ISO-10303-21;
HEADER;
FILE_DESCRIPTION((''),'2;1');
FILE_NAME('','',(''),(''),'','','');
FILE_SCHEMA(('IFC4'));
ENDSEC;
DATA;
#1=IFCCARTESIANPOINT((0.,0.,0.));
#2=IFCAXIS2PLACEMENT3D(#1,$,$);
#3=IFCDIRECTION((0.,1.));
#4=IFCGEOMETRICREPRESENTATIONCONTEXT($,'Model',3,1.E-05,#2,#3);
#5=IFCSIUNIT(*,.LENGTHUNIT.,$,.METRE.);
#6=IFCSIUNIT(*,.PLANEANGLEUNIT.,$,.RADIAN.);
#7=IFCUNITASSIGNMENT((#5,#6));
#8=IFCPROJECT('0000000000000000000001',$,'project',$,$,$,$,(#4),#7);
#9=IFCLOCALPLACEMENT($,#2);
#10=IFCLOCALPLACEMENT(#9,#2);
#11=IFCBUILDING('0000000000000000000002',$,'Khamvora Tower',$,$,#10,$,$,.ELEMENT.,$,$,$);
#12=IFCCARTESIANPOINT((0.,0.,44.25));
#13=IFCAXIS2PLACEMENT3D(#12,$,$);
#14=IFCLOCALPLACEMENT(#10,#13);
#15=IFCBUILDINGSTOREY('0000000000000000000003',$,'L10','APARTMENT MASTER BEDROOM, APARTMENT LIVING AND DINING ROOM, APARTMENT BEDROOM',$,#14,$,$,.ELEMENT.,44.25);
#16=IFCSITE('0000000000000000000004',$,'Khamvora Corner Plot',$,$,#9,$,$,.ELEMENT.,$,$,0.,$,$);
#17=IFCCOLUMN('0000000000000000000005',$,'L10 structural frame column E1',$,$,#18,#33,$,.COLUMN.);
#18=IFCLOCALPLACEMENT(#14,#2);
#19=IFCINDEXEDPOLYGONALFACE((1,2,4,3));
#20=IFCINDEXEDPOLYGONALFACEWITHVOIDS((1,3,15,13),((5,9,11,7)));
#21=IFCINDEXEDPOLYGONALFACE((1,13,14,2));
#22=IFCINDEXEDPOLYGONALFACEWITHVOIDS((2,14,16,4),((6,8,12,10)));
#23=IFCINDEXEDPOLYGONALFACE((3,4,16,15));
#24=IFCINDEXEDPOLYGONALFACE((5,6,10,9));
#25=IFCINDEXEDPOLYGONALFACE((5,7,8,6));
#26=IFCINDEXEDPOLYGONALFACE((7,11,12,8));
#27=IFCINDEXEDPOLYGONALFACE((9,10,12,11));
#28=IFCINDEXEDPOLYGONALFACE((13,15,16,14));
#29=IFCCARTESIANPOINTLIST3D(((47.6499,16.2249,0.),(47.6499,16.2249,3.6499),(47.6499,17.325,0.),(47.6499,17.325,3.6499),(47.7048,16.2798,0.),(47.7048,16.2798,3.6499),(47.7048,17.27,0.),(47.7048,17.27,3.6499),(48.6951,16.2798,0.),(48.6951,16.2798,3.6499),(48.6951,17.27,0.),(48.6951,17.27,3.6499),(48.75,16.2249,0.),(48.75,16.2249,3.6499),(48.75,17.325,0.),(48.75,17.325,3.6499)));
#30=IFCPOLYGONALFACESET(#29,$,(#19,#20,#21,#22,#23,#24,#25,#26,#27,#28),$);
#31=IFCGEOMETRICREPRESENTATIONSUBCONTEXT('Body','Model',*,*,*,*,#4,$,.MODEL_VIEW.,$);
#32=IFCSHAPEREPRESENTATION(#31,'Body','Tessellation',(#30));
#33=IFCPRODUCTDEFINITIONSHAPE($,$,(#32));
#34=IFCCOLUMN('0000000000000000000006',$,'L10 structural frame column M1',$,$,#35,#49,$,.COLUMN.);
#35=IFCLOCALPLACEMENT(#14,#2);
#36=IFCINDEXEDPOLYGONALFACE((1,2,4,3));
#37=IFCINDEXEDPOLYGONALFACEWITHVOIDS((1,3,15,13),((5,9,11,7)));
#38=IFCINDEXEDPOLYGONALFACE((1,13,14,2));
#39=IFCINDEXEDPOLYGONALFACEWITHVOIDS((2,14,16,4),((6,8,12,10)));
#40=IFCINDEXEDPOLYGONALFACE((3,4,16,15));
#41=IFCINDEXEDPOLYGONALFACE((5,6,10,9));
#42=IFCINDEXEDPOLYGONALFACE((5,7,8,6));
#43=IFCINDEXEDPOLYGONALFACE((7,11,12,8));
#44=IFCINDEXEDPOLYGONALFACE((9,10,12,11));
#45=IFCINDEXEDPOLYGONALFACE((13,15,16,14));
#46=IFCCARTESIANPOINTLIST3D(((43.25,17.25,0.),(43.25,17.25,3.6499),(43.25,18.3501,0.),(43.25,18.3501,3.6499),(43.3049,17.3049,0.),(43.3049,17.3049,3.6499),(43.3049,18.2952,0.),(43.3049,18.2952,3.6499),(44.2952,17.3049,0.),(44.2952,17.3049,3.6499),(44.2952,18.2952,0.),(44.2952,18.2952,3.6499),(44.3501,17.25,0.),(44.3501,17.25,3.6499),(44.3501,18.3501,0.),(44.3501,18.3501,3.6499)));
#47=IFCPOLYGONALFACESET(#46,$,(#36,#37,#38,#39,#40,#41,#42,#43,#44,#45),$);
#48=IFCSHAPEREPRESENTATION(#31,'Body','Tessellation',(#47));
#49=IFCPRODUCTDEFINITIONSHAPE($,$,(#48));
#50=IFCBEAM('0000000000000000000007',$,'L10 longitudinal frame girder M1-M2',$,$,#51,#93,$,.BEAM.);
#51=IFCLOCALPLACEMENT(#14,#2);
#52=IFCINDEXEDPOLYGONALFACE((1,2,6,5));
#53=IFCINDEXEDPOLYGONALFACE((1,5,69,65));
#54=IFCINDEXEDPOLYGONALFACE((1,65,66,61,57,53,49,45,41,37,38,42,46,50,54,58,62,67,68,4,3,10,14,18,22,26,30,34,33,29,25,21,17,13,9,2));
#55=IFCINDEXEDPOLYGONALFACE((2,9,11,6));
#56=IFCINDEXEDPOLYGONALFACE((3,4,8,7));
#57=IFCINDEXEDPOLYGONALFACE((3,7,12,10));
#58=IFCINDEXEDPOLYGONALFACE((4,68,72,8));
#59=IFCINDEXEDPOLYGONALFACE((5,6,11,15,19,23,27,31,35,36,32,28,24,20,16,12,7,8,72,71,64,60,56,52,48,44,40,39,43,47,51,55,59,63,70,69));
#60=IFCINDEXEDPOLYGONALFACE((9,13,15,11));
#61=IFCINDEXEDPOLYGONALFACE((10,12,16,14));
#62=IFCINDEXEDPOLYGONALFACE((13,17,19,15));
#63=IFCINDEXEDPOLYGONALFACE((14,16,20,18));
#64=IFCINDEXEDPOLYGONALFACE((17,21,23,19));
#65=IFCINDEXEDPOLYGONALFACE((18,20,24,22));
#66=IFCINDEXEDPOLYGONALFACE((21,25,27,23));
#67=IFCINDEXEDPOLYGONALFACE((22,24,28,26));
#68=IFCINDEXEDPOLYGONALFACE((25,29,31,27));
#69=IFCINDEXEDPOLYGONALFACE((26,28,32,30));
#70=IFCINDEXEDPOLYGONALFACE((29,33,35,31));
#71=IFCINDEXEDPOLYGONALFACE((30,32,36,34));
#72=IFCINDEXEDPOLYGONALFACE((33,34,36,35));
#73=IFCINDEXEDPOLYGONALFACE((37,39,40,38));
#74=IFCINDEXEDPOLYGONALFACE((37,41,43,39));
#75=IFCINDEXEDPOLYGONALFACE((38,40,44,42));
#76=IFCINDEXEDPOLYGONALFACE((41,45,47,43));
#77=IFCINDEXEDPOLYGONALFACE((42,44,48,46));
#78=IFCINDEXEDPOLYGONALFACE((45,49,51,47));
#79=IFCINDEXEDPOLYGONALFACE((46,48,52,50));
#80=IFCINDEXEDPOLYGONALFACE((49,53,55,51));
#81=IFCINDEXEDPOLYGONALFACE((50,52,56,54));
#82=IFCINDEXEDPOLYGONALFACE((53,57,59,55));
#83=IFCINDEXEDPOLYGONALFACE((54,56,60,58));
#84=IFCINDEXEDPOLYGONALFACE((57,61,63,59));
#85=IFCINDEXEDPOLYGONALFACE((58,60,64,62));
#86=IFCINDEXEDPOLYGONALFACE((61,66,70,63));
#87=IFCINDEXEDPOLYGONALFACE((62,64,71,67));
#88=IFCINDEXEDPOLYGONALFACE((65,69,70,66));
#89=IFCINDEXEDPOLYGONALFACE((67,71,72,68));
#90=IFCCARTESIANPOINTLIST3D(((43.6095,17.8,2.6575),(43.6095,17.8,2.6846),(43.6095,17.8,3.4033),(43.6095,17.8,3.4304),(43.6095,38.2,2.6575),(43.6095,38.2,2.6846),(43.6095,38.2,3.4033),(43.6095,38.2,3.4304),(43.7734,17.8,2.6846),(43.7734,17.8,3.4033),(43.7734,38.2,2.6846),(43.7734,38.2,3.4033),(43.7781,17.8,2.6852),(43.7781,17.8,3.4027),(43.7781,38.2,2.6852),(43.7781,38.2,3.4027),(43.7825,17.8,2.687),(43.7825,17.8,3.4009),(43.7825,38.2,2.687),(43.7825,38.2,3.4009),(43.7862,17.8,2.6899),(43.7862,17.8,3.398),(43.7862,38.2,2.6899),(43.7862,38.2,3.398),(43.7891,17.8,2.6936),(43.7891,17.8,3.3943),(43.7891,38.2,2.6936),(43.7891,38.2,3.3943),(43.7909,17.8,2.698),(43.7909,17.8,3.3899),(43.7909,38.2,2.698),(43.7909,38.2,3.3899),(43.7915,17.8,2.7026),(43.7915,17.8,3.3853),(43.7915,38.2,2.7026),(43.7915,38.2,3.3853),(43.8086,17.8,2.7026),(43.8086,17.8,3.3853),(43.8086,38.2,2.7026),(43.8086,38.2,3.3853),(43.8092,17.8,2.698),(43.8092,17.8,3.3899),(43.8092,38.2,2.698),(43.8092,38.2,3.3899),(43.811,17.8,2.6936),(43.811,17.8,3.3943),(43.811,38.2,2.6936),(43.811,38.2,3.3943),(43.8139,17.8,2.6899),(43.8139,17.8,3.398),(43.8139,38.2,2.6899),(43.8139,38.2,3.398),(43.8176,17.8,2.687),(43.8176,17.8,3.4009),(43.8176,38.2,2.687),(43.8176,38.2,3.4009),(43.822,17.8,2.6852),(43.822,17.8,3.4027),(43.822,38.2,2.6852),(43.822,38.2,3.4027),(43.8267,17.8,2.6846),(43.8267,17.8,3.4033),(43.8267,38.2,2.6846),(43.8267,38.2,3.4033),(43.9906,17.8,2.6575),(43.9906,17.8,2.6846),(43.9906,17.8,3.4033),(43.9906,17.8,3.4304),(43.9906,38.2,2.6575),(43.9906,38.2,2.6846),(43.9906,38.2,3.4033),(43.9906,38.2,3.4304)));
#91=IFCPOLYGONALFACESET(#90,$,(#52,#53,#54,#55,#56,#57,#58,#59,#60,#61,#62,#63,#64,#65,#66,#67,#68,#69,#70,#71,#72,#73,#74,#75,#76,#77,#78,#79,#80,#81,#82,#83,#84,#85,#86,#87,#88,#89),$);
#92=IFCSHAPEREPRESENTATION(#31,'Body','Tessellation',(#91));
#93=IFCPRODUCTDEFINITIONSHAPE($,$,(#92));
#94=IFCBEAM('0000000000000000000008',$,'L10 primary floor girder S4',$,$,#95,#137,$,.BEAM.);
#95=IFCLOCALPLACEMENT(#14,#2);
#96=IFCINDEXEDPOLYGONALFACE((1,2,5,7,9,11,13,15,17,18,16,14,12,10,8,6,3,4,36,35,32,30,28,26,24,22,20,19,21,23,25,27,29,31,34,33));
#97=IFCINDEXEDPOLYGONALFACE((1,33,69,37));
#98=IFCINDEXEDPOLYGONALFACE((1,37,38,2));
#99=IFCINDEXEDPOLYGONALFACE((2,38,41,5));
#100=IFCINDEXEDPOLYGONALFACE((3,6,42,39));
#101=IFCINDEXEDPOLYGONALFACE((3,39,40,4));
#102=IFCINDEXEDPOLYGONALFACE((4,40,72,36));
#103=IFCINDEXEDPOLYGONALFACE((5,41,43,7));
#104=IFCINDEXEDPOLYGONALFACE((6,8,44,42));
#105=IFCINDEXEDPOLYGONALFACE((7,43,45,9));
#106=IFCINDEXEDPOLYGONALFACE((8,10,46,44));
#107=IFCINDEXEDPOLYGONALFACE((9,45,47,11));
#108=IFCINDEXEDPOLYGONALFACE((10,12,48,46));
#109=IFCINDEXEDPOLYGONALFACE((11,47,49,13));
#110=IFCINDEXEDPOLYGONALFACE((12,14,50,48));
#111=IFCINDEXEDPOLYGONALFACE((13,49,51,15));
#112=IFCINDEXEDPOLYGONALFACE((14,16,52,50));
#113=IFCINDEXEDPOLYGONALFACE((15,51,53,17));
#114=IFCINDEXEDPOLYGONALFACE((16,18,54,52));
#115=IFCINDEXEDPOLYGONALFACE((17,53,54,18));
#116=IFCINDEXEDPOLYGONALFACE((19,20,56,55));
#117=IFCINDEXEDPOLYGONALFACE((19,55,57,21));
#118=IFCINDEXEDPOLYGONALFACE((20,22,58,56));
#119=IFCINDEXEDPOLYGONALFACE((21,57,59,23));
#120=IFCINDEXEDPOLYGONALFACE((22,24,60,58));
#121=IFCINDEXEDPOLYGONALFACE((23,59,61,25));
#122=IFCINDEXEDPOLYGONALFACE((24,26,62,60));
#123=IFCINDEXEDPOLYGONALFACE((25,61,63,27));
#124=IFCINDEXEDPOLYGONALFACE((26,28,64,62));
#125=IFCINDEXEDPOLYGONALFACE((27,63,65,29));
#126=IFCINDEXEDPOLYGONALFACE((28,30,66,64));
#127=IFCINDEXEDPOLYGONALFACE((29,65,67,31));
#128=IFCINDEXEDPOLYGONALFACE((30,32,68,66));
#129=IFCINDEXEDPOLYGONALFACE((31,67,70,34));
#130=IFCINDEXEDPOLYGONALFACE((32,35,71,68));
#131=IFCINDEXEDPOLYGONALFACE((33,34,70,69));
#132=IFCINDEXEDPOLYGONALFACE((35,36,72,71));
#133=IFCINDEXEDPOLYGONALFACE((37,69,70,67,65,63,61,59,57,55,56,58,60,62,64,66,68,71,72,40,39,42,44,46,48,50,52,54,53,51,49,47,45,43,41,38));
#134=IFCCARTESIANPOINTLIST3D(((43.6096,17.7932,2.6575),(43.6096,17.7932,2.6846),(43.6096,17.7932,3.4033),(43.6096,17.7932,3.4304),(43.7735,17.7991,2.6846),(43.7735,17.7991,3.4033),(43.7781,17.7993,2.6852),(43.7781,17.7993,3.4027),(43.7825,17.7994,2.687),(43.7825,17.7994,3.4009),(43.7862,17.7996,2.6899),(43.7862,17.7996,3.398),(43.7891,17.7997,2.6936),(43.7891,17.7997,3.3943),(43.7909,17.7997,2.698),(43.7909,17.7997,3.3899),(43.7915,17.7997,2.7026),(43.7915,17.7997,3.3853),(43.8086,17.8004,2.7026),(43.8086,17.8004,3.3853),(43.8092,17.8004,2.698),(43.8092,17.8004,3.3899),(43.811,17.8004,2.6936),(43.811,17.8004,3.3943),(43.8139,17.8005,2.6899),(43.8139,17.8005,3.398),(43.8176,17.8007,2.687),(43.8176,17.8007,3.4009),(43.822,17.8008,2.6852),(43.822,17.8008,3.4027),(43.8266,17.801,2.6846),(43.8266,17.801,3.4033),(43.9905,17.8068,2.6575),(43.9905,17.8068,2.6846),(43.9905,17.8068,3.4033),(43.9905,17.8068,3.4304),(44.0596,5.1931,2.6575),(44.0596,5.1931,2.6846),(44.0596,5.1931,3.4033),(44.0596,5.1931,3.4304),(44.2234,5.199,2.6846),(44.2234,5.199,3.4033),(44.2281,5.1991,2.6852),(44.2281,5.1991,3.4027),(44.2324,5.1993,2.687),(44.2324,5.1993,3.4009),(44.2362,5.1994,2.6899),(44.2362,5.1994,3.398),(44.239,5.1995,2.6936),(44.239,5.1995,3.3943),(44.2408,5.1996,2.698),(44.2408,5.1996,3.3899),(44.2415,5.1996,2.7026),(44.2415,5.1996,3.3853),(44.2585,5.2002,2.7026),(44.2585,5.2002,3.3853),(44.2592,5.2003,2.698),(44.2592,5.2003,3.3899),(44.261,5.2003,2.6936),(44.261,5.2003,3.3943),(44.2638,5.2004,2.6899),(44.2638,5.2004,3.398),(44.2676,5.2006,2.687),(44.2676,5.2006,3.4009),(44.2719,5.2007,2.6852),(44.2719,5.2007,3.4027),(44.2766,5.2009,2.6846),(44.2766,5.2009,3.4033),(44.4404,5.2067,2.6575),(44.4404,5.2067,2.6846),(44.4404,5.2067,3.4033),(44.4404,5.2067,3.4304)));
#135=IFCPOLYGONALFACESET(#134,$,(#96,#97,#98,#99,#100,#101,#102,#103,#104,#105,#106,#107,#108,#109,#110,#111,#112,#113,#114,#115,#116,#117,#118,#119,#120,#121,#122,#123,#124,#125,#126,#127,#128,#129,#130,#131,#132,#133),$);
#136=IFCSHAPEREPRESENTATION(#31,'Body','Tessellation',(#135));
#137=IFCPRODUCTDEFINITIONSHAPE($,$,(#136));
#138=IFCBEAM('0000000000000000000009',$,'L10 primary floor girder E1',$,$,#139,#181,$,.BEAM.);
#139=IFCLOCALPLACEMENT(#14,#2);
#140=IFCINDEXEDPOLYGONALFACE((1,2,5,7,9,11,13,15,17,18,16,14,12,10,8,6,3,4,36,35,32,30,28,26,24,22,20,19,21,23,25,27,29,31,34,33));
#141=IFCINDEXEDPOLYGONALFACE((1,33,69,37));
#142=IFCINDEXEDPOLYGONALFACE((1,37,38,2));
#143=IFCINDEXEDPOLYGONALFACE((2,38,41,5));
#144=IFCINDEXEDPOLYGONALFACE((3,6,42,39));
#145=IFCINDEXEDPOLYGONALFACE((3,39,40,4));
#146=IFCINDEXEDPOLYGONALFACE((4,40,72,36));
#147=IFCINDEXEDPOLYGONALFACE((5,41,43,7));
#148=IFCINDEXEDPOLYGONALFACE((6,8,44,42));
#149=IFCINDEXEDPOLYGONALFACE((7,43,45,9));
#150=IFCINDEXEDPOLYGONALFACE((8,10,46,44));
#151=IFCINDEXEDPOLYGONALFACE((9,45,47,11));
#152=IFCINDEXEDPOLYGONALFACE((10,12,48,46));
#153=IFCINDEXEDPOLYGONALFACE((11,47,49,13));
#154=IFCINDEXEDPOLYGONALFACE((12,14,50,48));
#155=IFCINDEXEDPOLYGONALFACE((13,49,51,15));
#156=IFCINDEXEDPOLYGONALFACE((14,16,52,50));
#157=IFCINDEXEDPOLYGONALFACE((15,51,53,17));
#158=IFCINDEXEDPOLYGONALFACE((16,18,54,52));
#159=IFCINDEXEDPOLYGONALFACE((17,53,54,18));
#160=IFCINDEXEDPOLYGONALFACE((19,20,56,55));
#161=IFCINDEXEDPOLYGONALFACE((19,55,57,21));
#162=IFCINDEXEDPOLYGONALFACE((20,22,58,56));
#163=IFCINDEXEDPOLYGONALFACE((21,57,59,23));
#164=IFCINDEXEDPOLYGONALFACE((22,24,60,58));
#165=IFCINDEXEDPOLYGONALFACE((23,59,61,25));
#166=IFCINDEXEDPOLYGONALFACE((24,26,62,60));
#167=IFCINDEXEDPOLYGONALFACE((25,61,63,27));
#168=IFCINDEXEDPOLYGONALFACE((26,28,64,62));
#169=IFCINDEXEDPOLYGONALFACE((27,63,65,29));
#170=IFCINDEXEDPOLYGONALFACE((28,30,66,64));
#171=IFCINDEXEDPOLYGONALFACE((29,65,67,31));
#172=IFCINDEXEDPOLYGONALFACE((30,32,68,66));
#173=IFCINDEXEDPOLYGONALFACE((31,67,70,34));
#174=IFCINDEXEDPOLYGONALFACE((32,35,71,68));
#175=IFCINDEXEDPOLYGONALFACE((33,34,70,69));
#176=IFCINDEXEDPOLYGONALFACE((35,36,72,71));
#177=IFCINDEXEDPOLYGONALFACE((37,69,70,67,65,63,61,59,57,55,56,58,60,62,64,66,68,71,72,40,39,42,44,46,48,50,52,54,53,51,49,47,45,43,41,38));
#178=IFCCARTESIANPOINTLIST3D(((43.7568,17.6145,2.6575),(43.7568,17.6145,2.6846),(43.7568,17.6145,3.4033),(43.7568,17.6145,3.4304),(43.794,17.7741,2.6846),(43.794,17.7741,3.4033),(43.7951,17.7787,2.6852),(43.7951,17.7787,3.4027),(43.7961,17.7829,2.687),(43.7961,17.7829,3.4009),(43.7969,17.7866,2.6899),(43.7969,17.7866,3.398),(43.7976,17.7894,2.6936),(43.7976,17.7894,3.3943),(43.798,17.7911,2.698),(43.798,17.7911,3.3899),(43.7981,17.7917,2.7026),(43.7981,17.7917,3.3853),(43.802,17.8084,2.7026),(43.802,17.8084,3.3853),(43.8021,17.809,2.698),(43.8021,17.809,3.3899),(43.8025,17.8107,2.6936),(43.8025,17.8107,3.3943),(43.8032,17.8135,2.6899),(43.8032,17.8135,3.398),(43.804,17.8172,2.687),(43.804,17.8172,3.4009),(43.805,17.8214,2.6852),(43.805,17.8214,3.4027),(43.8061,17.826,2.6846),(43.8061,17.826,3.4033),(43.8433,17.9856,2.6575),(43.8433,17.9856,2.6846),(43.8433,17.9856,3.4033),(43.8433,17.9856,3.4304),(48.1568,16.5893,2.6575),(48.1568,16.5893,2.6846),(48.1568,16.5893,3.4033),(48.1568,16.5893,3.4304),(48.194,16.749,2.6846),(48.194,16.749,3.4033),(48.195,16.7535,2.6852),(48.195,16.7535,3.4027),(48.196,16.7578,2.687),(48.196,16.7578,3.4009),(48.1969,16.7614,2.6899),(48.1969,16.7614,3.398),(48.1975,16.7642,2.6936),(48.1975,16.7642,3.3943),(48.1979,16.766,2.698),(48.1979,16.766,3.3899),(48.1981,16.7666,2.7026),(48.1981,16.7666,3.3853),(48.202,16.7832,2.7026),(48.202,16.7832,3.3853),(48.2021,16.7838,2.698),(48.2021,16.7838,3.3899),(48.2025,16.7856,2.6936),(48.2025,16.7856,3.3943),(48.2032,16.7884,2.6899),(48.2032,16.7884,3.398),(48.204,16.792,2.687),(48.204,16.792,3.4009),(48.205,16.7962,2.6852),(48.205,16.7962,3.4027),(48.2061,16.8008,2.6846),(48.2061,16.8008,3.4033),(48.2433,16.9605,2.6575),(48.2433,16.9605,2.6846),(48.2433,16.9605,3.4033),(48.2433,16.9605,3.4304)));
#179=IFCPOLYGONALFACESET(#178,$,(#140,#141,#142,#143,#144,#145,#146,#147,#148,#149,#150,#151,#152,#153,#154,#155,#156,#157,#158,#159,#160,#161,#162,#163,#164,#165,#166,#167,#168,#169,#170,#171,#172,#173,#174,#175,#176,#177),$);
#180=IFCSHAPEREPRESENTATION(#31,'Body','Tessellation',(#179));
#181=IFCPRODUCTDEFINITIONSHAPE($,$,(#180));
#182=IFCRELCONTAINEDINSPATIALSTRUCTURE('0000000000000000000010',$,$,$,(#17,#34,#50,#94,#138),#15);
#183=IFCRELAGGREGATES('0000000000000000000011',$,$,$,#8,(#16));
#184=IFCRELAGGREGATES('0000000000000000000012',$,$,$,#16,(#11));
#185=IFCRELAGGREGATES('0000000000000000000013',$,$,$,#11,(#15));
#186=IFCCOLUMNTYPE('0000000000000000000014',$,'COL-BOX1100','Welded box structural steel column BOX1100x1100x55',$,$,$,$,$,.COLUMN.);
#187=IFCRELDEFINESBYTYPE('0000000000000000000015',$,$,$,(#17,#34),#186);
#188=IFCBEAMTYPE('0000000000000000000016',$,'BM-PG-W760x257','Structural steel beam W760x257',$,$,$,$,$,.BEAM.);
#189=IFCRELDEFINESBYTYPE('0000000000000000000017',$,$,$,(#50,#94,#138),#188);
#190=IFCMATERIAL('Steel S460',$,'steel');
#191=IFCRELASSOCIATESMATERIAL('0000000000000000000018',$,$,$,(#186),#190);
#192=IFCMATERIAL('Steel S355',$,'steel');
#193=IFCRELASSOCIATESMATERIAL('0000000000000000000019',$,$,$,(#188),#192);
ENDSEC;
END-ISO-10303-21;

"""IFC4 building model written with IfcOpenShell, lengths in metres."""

from ifc_helpers import new_model, si_unit, direction, frame, origin, origin_2d, place, context, subcontext, project, spatial, hollow_rectangle, i_section, extrude, material, material_profile, profile_set, type_object, element, save


model = new_model("IFC4")

# Units and contexts
model_context = context("Model", 3, precision=1e-05, world=origin(), true_north=direction((0.0, 1.0)))
body_context = subcontext(model_context, "Body", "Model", "MODEL_VIEW")
ifc_project = project(units=[si_unit("LENGTHUNIT", "METRE"), si_unit("PLANEANGLEUNIT", "RADIAN")], contexts=[model_context])

# Site, building, storey
site_placement = place(None, origin())
site = spatial("IfcSite", under=ifc_project, at=site_placement, Name="Khamvora Corner Plot", CompositionType="ELEMENT", RefElevation=0.0)
building_placement = place(site_placement, origin())
building = spatial("IfcBuilding", under=site, at=building_placement, Name="Khamvora Tower", CompositionType="ELEMENT")
storey_placement = place(building_placement, frame((0.0, 0.0, 44.25)))
storey = spatial("IfcBuildingStorey", under=building, at=storey_placement, Name="L10", Description="APARTMENT MASTER BEDROOM, APARTMENT LIVING AND DINING ROOM, APARTMENT BEDROOM", CompositionType="ELEMENT", Elevation=44.25)

# Columns
ifc_material_1 = material(Name="Steel S460", Category="steel")
ifc_material_profile_1 = material_profile(ifc_material_1, hollow_rectangle(XDim=1.1001, YDim=1.1001, WallThickness=0.0549, at=origin_2d()), Name="BOX1100x1100x55")
ifc_profile_set_1 = profile_set([ifc_material_profile_1], Name="Steel S460")
column_type = type_object("IfcColumnType", Name="COL-BOX1100", Description="Welded box structural steel column BOX1100x1100x55", PredefinedType="COLUMN", material=ifc_profile_set_1)
for number, where, z_axis, x_axis, name in (
    (1, (48.2, 16.7749, 0.0), (0.0, 0.0, 1.0), (1.0, 0.0, 0.0), "L10 structural frame column E1"),
    (2, (43.8, 17.8, 0.0), (0.0, 0.0, 1.0), (1.0, 0.0, 0.0), "L10 structural frame column M1"),
):
    element("IfcColumn", number, at=place(storey_placement, frame(where, z_axis=z_axis, x_axis=x_axis)), inside=storey, type_object=column_type, Name=name, PredefinedType="COLUMN", context=body_context, shape_type="SweptSolid", body=[
        extrude(hollow_rectangle(XDim=1.1001, YDim=1.1001, WallThickness=0.0549, at=origin_2d()), origin(), (0.0, 0.0, 1.0), 3.6499),
    ])

# Beams
ifc_material_2 = material(Name="Steel S355", Category="steel")
ifc_material_profile_2 = material_profile(ifc_material_2, i_section(OverallWidth=0.3811, OverallDepth=0.7729, WebThickness=0.0171, FlangeThickness=0.0271, FilletRadius=0.0181, at=origin_2d()), Name="W760x257")
ifc_profile_set_2 = profile_set([ifc_material_profile_2], Name="Steel S355")
beam_type_1 = type_object("IfcBeamType", Name="BM-PG-W760x257", Description="Structural steel beam W760x257", PredefinedType="BEAM", material=ifc_profile_set_2)
beam_1_placement = place(storey_placement, frame((43.8, 17.8, 3.0439), z_axis=(0.0, 1.0, 0.0), x_axis=(-1.0, 0.0, 0.0)))
element("IfcBeam", 3, at=beam_1_placement, inside=storey, type_object=beam_type_1, Name="L10 longitudinal frame girder M1-M2", PredefinedType="BEAM", context=body_context, shape_type="SweptSolid", body=[
    extrude(i_section(OverallWidth=0.3811, OverallDepth=0.7729, WebThickness=0.0171, FlangeThickness=0.0271, FilletRadius=0.0181, at=origin_2d()), origin(), (0.0, 0.0, 1.0), 20.3999),
])
beam_2_placement = place(storey_placement, frame((43.8, 17.8, 3.0439), z_axis=(0.035687, -0.999363, 0.0), x_axis=(0.999363, 0.035687, 0.0)))
element("IfcBeam", 4, at=beam_2_placement, inside=storey, type_object=beam_type_1, Name="L10 primary floor girder S4", PredefinedType="BEAM", context=body_context, shape_type="SweptSolid", body=[
    extrude(i_section(OverallWidth=0.3811, OverallDepth=0.7729, WebThickness=0.0171, FlangeThickness=0.0271, FilletRadius=0.0181, at=origin_2d()), origin(), (0.0, 0.0, 1.0), 12.6082),
])
beam_3_placement = place(storey_placement, frame((43.8, 17.8, 3.0439), z_axis=(0.973915, -0.226915, 0.0), x_axis=(0.226915, 0.973915, 0.0)))
element("IfcBeam", 5, at=beam_3_placement, inside=storey, type_object=beam_type_1, Name="L10 primary floor girder E1", PredefinedType="BEAM", context=body_context, shape_type="SweptSolid", body=[
    extrude(i_section(OverallWidth=0.3811, OverallDepth=0.7729, WebThickness=0.0171, FlangeThickness=0.0271, FilletRadius=0.0181, at=origin_2d()), origin(), (0.0, 0.0, 1.0), 4.5178),
])

save(model, "model.ifc")
